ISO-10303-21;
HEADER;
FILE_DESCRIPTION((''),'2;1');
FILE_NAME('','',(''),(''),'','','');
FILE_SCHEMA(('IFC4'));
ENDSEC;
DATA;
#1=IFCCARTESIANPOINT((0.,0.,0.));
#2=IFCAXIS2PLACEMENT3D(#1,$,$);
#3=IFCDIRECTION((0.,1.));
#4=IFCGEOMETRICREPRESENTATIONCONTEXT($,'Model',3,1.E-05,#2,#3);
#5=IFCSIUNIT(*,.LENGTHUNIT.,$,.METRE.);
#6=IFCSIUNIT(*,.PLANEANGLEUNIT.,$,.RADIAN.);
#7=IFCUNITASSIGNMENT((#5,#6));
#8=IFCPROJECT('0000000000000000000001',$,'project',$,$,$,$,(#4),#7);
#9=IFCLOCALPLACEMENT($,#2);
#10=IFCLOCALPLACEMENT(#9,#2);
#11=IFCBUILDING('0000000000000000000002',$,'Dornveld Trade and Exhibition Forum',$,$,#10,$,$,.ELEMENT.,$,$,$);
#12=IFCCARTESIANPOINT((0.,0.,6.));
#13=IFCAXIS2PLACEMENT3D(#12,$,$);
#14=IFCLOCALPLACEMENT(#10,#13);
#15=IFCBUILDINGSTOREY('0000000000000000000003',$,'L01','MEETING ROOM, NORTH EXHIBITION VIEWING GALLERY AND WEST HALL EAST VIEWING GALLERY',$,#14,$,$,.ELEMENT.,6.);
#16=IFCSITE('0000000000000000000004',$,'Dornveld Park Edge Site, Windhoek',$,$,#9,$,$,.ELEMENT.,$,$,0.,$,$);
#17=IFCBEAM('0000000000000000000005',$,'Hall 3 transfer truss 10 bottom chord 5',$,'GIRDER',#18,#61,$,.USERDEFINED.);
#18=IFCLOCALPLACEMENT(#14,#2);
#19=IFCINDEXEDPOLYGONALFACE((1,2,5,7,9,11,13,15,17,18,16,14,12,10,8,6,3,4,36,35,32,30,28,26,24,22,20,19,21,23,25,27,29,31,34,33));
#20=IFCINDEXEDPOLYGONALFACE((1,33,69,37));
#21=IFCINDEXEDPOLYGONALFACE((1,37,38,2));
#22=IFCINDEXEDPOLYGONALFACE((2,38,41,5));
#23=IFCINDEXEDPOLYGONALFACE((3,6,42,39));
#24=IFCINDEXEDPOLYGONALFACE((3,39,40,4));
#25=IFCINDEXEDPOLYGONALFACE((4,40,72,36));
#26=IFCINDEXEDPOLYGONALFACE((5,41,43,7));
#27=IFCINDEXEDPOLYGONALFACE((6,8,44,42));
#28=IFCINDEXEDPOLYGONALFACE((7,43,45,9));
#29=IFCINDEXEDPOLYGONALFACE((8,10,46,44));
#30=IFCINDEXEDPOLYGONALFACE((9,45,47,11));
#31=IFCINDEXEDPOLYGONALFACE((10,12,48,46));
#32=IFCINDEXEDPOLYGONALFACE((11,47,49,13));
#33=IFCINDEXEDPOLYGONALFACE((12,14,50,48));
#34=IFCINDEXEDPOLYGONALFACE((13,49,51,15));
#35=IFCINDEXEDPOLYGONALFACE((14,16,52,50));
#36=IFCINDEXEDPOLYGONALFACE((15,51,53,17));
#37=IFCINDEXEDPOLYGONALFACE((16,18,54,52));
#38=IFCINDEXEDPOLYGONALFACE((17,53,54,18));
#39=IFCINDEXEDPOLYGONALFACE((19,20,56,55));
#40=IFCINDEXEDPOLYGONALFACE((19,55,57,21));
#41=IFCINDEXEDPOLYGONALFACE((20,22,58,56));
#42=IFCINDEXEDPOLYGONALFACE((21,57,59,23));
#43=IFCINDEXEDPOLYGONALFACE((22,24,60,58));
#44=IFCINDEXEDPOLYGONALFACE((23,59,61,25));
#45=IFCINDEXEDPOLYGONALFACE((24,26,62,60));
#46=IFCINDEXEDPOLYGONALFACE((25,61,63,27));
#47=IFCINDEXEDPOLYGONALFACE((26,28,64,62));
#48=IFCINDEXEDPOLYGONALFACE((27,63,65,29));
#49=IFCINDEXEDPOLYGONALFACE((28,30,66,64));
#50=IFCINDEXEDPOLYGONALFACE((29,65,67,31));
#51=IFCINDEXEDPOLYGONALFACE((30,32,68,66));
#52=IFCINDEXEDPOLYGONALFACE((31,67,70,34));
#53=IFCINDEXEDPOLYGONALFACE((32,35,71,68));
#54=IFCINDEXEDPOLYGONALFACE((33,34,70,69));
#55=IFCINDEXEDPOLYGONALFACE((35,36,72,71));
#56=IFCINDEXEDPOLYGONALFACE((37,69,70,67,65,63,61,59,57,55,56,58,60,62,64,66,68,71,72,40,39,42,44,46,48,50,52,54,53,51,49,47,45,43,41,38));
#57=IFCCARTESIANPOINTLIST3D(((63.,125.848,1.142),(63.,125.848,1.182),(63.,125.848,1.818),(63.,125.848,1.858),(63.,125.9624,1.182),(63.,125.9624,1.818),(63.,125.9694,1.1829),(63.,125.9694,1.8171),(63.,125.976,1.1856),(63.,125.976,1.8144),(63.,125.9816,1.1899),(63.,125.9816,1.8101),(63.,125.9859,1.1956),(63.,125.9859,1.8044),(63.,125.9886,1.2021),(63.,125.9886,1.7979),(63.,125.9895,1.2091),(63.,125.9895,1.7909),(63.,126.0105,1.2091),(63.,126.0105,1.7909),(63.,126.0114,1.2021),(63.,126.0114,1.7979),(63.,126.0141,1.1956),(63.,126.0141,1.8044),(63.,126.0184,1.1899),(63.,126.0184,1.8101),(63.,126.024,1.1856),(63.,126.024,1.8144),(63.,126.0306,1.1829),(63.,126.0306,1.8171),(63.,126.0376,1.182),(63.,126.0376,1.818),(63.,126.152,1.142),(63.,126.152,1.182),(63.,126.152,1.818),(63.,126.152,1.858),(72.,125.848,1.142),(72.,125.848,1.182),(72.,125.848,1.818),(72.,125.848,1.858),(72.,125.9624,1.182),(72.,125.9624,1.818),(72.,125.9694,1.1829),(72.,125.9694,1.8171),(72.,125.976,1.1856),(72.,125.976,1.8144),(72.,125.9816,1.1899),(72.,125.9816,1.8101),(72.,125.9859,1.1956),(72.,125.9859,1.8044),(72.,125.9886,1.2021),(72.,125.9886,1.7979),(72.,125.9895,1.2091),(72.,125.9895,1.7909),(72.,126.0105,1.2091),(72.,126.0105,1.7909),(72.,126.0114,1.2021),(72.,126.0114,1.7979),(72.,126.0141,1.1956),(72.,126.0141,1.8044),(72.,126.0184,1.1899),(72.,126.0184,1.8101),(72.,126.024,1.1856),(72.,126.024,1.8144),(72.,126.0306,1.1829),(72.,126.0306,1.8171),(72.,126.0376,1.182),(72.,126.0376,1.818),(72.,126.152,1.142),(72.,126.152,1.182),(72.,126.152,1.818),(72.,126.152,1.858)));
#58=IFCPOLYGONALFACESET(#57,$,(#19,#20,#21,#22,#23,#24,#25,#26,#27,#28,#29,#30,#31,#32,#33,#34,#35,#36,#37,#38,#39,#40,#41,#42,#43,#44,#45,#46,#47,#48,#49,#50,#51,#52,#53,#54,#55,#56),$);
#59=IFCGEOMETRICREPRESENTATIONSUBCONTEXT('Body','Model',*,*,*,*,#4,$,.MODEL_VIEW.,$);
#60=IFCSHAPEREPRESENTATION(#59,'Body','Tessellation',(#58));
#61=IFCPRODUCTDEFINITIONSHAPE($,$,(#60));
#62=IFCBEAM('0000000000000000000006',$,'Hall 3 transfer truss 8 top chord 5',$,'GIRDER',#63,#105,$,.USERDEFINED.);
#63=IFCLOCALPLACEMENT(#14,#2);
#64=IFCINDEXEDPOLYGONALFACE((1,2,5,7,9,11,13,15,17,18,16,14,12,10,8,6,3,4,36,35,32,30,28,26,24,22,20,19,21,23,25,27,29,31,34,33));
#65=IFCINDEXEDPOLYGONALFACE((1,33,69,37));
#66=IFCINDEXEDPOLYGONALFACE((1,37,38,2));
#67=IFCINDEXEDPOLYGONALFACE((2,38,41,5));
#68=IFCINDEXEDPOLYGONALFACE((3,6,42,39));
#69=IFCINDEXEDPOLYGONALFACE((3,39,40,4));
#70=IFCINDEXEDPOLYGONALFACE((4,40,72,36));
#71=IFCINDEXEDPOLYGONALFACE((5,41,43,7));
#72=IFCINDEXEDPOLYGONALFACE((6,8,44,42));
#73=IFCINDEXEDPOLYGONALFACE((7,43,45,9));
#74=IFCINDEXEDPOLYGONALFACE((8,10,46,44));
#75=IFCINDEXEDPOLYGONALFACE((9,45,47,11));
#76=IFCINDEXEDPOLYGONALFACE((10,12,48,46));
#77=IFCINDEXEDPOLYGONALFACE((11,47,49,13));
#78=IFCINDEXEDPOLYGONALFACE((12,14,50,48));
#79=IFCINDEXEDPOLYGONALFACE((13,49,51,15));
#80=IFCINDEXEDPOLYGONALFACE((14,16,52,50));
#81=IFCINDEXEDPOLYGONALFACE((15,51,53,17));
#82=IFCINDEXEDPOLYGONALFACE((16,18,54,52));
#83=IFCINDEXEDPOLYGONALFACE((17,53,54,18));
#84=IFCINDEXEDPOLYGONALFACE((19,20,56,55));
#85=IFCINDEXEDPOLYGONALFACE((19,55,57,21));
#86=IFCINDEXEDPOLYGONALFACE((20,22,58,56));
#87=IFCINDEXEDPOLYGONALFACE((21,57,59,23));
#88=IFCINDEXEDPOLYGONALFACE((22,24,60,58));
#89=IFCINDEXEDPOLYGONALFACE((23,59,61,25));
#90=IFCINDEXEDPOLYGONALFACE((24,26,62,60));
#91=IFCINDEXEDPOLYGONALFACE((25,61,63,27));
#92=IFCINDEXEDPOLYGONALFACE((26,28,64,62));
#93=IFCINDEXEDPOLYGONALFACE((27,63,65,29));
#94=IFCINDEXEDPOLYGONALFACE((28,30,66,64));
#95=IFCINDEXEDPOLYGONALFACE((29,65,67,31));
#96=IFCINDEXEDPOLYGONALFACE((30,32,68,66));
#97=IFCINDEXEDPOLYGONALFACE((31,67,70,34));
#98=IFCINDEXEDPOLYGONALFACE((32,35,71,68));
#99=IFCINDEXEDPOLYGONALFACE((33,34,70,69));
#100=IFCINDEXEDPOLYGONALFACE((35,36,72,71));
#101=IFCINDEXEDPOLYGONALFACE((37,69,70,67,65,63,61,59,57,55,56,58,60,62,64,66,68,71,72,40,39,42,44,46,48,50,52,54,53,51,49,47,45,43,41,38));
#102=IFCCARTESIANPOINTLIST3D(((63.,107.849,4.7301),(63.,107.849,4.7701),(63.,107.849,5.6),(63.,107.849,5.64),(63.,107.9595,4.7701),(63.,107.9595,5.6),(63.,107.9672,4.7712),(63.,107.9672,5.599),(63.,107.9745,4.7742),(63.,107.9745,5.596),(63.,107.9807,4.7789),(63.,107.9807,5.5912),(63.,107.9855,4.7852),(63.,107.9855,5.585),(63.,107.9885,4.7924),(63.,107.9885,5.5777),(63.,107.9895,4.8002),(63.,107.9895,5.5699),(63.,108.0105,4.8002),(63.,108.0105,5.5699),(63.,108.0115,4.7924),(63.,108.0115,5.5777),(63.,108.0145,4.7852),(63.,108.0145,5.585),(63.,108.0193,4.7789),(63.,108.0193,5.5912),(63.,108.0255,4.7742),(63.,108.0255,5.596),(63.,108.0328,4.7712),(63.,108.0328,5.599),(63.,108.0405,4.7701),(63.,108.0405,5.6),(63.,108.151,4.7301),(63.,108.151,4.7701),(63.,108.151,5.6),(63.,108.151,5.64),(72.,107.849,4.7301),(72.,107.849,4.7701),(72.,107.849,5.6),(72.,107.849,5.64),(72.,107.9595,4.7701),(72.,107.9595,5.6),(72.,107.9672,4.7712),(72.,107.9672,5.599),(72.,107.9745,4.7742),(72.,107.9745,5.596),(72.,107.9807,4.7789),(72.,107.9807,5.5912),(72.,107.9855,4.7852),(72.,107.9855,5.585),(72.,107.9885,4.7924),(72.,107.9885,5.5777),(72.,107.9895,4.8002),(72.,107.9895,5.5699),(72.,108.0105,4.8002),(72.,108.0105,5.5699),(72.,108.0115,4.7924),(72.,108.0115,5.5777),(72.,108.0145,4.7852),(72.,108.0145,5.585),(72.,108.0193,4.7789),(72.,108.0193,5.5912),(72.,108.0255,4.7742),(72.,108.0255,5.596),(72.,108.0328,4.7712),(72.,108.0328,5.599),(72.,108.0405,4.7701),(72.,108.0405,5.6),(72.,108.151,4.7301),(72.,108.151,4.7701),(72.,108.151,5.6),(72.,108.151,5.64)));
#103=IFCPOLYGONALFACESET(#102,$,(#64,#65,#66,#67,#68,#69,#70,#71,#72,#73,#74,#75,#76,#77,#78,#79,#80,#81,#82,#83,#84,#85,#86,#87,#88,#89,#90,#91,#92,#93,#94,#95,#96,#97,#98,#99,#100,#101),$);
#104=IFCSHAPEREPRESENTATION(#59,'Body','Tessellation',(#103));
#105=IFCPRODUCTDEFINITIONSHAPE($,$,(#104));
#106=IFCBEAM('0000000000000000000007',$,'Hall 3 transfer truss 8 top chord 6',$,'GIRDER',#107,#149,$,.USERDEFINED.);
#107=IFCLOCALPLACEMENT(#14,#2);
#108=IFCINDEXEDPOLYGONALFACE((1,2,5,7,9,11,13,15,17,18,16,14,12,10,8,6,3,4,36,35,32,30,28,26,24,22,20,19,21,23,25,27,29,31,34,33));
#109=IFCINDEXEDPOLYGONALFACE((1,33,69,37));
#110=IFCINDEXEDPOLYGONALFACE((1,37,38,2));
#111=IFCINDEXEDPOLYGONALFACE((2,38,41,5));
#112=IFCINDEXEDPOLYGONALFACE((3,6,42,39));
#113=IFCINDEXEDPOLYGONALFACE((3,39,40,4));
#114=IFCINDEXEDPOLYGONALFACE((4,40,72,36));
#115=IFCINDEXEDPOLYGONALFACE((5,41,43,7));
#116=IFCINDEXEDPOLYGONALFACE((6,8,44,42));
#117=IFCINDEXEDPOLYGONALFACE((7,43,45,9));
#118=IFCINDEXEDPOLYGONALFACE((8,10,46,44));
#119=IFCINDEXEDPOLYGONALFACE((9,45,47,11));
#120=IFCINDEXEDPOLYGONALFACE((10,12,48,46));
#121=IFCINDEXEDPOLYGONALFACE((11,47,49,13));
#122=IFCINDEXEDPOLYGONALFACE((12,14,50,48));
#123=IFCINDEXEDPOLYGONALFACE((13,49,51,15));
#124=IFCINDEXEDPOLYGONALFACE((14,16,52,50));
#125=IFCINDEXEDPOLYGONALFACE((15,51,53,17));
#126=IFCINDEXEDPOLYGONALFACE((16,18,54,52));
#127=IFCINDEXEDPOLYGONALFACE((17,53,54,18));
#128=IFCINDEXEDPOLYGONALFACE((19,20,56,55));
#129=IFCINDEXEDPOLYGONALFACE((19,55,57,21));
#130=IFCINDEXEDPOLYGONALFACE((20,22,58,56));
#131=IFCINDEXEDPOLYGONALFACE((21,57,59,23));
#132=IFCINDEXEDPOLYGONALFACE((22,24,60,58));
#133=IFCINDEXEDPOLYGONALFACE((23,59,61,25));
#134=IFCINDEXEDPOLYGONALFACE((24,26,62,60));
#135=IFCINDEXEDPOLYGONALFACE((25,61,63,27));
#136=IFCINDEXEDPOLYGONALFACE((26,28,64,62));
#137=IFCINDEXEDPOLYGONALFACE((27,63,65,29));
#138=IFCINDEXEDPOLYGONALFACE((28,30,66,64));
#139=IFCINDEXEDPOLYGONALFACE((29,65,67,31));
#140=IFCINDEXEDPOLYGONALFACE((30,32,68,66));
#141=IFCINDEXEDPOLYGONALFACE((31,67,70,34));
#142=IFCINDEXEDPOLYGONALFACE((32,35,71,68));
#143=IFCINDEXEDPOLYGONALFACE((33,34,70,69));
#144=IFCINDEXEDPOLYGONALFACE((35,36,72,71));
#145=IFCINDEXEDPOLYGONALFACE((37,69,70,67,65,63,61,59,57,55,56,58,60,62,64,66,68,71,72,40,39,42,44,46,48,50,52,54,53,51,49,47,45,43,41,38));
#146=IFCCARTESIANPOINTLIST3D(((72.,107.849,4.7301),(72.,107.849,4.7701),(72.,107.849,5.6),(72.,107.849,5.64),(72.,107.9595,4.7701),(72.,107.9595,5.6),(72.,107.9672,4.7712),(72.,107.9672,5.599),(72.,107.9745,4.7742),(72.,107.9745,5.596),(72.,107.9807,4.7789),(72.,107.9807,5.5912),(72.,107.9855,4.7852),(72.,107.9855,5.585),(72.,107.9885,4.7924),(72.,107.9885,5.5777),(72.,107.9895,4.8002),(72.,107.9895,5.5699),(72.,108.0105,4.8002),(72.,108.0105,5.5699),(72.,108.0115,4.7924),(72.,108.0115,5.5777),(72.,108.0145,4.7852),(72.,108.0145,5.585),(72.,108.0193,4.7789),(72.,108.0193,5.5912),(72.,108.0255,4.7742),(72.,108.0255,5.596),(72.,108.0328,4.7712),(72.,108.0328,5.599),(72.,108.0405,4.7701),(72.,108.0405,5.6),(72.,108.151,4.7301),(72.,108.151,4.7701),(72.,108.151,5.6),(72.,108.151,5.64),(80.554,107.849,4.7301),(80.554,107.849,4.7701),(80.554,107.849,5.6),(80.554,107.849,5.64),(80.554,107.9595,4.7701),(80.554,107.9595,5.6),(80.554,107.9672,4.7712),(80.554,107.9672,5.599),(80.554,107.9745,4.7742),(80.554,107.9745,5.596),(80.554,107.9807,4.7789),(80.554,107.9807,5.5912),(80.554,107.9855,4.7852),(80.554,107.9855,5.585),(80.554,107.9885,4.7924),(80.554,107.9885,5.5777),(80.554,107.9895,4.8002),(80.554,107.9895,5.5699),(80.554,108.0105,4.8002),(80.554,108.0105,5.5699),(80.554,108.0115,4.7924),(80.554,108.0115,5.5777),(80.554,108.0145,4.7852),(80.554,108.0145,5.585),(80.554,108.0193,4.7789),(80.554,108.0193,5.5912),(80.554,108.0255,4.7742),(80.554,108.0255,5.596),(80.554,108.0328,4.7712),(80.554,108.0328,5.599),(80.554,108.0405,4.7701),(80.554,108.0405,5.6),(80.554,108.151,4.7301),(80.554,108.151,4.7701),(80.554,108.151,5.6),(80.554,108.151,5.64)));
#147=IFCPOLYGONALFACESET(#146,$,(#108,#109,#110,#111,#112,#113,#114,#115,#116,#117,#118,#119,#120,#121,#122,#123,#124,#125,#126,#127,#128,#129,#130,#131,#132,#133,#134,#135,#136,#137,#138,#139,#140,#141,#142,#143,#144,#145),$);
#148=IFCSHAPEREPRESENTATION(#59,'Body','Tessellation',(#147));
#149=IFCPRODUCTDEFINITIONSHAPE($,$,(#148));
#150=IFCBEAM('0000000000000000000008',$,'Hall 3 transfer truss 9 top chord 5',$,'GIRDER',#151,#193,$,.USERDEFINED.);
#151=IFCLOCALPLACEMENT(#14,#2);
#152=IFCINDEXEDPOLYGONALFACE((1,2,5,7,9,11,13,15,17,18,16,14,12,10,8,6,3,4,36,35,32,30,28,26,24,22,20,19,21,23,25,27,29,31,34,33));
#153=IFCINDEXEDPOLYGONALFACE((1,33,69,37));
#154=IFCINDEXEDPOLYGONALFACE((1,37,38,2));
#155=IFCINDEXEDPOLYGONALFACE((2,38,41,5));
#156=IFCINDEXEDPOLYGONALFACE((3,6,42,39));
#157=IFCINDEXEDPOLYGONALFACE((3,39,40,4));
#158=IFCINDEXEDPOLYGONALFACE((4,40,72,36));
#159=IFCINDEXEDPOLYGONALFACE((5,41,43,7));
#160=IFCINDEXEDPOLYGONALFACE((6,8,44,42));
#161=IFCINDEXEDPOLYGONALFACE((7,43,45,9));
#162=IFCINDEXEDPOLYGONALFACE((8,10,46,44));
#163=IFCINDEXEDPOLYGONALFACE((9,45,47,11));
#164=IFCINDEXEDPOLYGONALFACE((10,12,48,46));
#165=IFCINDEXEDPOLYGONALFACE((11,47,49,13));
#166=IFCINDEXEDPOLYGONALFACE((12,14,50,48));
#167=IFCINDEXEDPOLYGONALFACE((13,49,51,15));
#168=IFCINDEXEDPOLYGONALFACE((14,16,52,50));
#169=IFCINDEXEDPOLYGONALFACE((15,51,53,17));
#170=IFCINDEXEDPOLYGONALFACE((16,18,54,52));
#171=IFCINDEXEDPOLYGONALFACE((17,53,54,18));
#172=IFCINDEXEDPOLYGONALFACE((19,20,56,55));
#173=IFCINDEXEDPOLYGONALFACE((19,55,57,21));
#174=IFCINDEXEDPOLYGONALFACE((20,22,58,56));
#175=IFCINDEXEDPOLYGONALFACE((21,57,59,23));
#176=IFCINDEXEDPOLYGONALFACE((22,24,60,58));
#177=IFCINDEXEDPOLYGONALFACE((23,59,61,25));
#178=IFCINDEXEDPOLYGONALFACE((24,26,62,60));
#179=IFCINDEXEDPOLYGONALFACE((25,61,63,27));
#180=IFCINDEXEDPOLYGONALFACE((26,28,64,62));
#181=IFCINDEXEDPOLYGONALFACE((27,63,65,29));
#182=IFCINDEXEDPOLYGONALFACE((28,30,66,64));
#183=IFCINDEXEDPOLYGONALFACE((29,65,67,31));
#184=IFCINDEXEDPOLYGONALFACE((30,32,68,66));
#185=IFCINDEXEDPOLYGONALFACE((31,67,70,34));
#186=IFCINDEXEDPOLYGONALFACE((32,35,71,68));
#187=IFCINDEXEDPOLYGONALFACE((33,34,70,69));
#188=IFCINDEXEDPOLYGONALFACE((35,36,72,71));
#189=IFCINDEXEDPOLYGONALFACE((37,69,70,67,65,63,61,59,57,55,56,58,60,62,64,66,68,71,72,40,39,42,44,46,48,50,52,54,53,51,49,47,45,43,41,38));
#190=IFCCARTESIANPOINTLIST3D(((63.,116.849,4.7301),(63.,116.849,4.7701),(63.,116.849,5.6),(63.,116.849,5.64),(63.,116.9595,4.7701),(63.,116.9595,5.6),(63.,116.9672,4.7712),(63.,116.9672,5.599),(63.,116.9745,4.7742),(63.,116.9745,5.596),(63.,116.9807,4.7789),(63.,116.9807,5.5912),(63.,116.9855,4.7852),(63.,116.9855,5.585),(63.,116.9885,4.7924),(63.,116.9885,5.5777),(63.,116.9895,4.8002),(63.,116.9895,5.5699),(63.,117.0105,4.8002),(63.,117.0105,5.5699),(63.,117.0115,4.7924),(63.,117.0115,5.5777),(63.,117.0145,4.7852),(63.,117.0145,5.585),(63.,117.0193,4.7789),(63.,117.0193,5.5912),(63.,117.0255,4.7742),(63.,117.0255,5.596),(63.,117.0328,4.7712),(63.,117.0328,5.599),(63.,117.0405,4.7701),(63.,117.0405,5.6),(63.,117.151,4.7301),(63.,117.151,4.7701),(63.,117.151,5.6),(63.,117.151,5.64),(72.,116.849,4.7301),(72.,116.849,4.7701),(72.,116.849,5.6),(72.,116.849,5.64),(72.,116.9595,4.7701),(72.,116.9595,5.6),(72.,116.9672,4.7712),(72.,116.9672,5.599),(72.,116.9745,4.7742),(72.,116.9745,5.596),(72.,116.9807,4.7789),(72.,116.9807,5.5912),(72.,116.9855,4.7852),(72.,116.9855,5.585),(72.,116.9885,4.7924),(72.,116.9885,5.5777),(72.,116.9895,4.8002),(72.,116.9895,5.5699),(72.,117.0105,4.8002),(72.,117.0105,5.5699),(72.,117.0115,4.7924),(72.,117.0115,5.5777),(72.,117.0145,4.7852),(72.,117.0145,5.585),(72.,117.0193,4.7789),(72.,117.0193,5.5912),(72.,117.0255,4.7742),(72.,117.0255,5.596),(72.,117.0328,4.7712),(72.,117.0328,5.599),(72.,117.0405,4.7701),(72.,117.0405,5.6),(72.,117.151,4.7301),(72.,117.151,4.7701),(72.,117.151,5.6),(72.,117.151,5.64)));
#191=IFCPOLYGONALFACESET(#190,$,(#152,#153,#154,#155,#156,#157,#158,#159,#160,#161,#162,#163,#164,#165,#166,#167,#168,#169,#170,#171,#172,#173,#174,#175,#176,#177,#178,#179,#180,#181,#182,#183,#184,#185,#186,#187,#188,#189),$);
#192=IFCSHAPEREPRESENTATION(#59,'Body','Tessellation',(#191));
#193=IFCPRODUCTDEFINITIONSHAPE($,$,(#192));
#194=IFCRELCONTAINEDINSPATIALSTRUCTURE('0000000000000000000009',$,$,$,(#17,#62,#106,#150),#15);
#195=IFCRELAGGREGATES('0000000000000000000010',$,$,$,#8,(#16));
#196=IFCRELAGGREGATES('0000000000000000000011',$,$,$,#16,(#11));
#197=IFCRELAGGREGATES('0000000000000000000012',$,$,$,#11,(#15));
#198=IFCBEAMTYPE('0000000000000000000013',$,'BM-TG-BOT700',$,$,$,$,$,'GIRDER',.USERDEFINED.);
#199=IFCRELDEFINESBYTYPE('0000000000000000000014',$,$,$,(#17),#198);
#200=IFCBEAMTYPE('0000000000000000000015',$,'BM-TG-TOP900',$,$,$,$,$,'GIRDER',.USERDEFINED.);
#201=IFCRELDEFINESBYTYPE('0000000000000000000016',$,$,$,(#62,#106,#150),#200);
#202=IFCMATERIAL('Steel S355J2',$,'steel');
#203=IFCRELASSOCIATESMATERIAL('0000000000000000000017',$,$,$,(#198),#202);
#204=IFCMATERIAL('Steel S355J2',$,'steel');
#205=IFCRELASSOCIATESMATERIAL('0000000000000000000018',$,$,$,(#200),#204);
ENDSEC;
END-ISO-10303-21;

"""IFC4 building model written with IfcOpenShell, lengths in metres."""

from ifc_helpers import new_model, si_unit, direction, frame, origin, origin_2d, place, context, subcontext, project, spatial, i_section, extrude, material, material_profile, profile_set, type_object, element, save


model = new_model("IFC4")

# Units and contexts
model_context = context("Model", 3, precision=1e-05, world=origin(), true_north=direction((0.0, 1.0)))
body_context = subcontext(model_context, "Body", "Model", "MODEL_VIEW")
ifc_project = project(units=[si_unit("LENGTHUNIT", "METRE"), si_unit("PLANEANGLEUNIT", "RADIAN")], contexts=[model_context])

# Site, building, storey
site_placement = place(None, origin())
site = spatial("IfcSite", under=ifc_project, at=site_placement, Name="Dornveld Park Edge Site, Windhoek", CompositionType="ELEMENT", RefElevation=0.0)
building_placement = place(site_placement, origin())
building = spatial("IfcBuilding", under=site, at=building_placement, Name="Dornveld Trade and Exhibition Forum", CompositionType="ELEMENT")
storey_placement = place(building_placement, frame((0.0, 0.0, 6.0)))
storey = spatial("IfcBuildingStorey", under=building, at=storey_placement, Name="L01", Description="MEETING ROOM, NORTH EXHIBITION VIEWING GALLERY AND WEST HALL EAST VIEWING GALLERY", CompositionType="ELEMENT", Elevation=6.0)

# Beams
ifc_material_1 = material(Name="Steel S355J2", Category="steel")
ifc_material_profile_1 = material_profile(ifc_material_1, i_section(OverallWidth=0.304, OverallDepth=0.7161, WebThickness=0.021, FlangeThickness=0.04, FilletRadius=0.0271, at=origin_2d()), Name="HEM 700")
ifc_profile_set_1 = profile_set([ifc_material_profile_1], Name="Steel S355J2")
beam_type_1 = type_object("IfcBeamType", Name="BM-TG-BOT700", ElementType="GIRDER", PredefinedType="USERDEFINED", material=ifc_profile_set_1)
for number, where, z_axis, x_axis, name in (
    (1, (63.0, 126.0, 1.5), (1.0, 0.0, 0.0), (0.0, 1.0, 0.0), "Hall 3 transfer truss 10 bottom chord 5"),
):
    element("IfcBeam", number, at=place(storey_placement, frame(where, z_axis=z_axis, x_axis=x_axis)), inside=storey, type_object=beam_type_1, Name=name, ObjectType="GIRDER", PredefinedType="USERDEFINED", context=body_context, shape_type="SweptSolid", body=[
        extrude(i_section(OverallWidth=0.304, OverallDepth=0.7161, WebThickness=0.021, FlangeThickness=0.04, FilletRadius=0.0271, at=origin_2d()), origin(), (0.0, 0.0, 1.0), 9.0),
    ])
ifc_material_2 = material(Name="Steel S355J2", Category="steel")
ifc_material_profile_2 = material_profile(ifc_material_2, i_section(OverallWidth=0.302, OverallDepth=0.9099, WebThickness=0.021, FlangeThickness=0.04, FilletRadius=0.03, at=origin_2d()), Name="HEM 900")
ifc_profile_set_2 = profile_set([ifc_material_profile_2], Name="Steel S355J2")
beam_type_2 = type_object("IfcBeamType", Name="BM-TG-TOP900", ElementType="GIRDER", PredefinedType="USERDEFINED", material=ifc_profile_set_2)
beam_1_placement = place(storey_placement, frame((63.0, 108.0, 5.1851), z_axis=(1.0, 0.0, 0.0), x_axis=(0.0, 1.0, 0.0)))
element("IfcBeam", 2, at=beam_1_placement, inside=storey, type_object=beam_type_2, Name="Hall 3 transfer truss 8 top chord 5", ObjectType="GIRDER", PredefinedType="USERDEFINED", context=body_context, shape_type="SweptSolid", body=[
    extrude(i_section(OverallWidth=0.302, OverallDepth=0.9099, WebThickness=0.021, FlangeThickness=0.04, FilletRadius=0.03, at=origin_2d()), origin(), (0.0, 0.0, 1.0), 9.0),
])
beam_2_placement = place(storey_placement, frame((72.0, 108.0, 5.1851), z_axis=(1.0, 0.0, 0.0), x_axis=(0.0, 1.0, 0.0)))
element("IfcBeam", 3, at=beam_2_placement, inside=storey, type_object=beam_type_2, Name="Hall 3 transfer truss 8 top chord 6", ObjectType="GIRDER", PredefinedType="USERDEFINED", context=body_context, shape_type="SweptSolid", body=[
    extrude(i_section(OverallWidth=0.302, OverallDepth=0.9099, WebThickness=0.021, FlangeThickness=0.04, FilletRadius=0.03, at=origin_2d()), origin(), (0.0, 0.0, 1.0), 8.554),
])
beam_3_placement = place(storey_placement, frame((63.0, 117.0, 5.1851), z_axis=(1.0, 0.0, 0.0), x_axis=(0.0, 1.0, 0.0)))
element("IfcBeam", 4, at=beam_3_placement, inside=storey, type_object=beam_type_2, Name="Hall 3 transfer truss 9 top chord 5", ObjectType="GIRDER", PredefinedType="USERDEFINED", context=body_context, shape_type="SweptSolid", body=[
    extrude(i_section(OverallWidth=0.302, OverallDepth=0.9099, WebThickness=0.021, FlangeThickness=0.04, FilletRadius=0.03, at=origin_2d()), origin(), (0.0, 0.0, 1.0), 9.0),
])

save(model, "model.ifc")
